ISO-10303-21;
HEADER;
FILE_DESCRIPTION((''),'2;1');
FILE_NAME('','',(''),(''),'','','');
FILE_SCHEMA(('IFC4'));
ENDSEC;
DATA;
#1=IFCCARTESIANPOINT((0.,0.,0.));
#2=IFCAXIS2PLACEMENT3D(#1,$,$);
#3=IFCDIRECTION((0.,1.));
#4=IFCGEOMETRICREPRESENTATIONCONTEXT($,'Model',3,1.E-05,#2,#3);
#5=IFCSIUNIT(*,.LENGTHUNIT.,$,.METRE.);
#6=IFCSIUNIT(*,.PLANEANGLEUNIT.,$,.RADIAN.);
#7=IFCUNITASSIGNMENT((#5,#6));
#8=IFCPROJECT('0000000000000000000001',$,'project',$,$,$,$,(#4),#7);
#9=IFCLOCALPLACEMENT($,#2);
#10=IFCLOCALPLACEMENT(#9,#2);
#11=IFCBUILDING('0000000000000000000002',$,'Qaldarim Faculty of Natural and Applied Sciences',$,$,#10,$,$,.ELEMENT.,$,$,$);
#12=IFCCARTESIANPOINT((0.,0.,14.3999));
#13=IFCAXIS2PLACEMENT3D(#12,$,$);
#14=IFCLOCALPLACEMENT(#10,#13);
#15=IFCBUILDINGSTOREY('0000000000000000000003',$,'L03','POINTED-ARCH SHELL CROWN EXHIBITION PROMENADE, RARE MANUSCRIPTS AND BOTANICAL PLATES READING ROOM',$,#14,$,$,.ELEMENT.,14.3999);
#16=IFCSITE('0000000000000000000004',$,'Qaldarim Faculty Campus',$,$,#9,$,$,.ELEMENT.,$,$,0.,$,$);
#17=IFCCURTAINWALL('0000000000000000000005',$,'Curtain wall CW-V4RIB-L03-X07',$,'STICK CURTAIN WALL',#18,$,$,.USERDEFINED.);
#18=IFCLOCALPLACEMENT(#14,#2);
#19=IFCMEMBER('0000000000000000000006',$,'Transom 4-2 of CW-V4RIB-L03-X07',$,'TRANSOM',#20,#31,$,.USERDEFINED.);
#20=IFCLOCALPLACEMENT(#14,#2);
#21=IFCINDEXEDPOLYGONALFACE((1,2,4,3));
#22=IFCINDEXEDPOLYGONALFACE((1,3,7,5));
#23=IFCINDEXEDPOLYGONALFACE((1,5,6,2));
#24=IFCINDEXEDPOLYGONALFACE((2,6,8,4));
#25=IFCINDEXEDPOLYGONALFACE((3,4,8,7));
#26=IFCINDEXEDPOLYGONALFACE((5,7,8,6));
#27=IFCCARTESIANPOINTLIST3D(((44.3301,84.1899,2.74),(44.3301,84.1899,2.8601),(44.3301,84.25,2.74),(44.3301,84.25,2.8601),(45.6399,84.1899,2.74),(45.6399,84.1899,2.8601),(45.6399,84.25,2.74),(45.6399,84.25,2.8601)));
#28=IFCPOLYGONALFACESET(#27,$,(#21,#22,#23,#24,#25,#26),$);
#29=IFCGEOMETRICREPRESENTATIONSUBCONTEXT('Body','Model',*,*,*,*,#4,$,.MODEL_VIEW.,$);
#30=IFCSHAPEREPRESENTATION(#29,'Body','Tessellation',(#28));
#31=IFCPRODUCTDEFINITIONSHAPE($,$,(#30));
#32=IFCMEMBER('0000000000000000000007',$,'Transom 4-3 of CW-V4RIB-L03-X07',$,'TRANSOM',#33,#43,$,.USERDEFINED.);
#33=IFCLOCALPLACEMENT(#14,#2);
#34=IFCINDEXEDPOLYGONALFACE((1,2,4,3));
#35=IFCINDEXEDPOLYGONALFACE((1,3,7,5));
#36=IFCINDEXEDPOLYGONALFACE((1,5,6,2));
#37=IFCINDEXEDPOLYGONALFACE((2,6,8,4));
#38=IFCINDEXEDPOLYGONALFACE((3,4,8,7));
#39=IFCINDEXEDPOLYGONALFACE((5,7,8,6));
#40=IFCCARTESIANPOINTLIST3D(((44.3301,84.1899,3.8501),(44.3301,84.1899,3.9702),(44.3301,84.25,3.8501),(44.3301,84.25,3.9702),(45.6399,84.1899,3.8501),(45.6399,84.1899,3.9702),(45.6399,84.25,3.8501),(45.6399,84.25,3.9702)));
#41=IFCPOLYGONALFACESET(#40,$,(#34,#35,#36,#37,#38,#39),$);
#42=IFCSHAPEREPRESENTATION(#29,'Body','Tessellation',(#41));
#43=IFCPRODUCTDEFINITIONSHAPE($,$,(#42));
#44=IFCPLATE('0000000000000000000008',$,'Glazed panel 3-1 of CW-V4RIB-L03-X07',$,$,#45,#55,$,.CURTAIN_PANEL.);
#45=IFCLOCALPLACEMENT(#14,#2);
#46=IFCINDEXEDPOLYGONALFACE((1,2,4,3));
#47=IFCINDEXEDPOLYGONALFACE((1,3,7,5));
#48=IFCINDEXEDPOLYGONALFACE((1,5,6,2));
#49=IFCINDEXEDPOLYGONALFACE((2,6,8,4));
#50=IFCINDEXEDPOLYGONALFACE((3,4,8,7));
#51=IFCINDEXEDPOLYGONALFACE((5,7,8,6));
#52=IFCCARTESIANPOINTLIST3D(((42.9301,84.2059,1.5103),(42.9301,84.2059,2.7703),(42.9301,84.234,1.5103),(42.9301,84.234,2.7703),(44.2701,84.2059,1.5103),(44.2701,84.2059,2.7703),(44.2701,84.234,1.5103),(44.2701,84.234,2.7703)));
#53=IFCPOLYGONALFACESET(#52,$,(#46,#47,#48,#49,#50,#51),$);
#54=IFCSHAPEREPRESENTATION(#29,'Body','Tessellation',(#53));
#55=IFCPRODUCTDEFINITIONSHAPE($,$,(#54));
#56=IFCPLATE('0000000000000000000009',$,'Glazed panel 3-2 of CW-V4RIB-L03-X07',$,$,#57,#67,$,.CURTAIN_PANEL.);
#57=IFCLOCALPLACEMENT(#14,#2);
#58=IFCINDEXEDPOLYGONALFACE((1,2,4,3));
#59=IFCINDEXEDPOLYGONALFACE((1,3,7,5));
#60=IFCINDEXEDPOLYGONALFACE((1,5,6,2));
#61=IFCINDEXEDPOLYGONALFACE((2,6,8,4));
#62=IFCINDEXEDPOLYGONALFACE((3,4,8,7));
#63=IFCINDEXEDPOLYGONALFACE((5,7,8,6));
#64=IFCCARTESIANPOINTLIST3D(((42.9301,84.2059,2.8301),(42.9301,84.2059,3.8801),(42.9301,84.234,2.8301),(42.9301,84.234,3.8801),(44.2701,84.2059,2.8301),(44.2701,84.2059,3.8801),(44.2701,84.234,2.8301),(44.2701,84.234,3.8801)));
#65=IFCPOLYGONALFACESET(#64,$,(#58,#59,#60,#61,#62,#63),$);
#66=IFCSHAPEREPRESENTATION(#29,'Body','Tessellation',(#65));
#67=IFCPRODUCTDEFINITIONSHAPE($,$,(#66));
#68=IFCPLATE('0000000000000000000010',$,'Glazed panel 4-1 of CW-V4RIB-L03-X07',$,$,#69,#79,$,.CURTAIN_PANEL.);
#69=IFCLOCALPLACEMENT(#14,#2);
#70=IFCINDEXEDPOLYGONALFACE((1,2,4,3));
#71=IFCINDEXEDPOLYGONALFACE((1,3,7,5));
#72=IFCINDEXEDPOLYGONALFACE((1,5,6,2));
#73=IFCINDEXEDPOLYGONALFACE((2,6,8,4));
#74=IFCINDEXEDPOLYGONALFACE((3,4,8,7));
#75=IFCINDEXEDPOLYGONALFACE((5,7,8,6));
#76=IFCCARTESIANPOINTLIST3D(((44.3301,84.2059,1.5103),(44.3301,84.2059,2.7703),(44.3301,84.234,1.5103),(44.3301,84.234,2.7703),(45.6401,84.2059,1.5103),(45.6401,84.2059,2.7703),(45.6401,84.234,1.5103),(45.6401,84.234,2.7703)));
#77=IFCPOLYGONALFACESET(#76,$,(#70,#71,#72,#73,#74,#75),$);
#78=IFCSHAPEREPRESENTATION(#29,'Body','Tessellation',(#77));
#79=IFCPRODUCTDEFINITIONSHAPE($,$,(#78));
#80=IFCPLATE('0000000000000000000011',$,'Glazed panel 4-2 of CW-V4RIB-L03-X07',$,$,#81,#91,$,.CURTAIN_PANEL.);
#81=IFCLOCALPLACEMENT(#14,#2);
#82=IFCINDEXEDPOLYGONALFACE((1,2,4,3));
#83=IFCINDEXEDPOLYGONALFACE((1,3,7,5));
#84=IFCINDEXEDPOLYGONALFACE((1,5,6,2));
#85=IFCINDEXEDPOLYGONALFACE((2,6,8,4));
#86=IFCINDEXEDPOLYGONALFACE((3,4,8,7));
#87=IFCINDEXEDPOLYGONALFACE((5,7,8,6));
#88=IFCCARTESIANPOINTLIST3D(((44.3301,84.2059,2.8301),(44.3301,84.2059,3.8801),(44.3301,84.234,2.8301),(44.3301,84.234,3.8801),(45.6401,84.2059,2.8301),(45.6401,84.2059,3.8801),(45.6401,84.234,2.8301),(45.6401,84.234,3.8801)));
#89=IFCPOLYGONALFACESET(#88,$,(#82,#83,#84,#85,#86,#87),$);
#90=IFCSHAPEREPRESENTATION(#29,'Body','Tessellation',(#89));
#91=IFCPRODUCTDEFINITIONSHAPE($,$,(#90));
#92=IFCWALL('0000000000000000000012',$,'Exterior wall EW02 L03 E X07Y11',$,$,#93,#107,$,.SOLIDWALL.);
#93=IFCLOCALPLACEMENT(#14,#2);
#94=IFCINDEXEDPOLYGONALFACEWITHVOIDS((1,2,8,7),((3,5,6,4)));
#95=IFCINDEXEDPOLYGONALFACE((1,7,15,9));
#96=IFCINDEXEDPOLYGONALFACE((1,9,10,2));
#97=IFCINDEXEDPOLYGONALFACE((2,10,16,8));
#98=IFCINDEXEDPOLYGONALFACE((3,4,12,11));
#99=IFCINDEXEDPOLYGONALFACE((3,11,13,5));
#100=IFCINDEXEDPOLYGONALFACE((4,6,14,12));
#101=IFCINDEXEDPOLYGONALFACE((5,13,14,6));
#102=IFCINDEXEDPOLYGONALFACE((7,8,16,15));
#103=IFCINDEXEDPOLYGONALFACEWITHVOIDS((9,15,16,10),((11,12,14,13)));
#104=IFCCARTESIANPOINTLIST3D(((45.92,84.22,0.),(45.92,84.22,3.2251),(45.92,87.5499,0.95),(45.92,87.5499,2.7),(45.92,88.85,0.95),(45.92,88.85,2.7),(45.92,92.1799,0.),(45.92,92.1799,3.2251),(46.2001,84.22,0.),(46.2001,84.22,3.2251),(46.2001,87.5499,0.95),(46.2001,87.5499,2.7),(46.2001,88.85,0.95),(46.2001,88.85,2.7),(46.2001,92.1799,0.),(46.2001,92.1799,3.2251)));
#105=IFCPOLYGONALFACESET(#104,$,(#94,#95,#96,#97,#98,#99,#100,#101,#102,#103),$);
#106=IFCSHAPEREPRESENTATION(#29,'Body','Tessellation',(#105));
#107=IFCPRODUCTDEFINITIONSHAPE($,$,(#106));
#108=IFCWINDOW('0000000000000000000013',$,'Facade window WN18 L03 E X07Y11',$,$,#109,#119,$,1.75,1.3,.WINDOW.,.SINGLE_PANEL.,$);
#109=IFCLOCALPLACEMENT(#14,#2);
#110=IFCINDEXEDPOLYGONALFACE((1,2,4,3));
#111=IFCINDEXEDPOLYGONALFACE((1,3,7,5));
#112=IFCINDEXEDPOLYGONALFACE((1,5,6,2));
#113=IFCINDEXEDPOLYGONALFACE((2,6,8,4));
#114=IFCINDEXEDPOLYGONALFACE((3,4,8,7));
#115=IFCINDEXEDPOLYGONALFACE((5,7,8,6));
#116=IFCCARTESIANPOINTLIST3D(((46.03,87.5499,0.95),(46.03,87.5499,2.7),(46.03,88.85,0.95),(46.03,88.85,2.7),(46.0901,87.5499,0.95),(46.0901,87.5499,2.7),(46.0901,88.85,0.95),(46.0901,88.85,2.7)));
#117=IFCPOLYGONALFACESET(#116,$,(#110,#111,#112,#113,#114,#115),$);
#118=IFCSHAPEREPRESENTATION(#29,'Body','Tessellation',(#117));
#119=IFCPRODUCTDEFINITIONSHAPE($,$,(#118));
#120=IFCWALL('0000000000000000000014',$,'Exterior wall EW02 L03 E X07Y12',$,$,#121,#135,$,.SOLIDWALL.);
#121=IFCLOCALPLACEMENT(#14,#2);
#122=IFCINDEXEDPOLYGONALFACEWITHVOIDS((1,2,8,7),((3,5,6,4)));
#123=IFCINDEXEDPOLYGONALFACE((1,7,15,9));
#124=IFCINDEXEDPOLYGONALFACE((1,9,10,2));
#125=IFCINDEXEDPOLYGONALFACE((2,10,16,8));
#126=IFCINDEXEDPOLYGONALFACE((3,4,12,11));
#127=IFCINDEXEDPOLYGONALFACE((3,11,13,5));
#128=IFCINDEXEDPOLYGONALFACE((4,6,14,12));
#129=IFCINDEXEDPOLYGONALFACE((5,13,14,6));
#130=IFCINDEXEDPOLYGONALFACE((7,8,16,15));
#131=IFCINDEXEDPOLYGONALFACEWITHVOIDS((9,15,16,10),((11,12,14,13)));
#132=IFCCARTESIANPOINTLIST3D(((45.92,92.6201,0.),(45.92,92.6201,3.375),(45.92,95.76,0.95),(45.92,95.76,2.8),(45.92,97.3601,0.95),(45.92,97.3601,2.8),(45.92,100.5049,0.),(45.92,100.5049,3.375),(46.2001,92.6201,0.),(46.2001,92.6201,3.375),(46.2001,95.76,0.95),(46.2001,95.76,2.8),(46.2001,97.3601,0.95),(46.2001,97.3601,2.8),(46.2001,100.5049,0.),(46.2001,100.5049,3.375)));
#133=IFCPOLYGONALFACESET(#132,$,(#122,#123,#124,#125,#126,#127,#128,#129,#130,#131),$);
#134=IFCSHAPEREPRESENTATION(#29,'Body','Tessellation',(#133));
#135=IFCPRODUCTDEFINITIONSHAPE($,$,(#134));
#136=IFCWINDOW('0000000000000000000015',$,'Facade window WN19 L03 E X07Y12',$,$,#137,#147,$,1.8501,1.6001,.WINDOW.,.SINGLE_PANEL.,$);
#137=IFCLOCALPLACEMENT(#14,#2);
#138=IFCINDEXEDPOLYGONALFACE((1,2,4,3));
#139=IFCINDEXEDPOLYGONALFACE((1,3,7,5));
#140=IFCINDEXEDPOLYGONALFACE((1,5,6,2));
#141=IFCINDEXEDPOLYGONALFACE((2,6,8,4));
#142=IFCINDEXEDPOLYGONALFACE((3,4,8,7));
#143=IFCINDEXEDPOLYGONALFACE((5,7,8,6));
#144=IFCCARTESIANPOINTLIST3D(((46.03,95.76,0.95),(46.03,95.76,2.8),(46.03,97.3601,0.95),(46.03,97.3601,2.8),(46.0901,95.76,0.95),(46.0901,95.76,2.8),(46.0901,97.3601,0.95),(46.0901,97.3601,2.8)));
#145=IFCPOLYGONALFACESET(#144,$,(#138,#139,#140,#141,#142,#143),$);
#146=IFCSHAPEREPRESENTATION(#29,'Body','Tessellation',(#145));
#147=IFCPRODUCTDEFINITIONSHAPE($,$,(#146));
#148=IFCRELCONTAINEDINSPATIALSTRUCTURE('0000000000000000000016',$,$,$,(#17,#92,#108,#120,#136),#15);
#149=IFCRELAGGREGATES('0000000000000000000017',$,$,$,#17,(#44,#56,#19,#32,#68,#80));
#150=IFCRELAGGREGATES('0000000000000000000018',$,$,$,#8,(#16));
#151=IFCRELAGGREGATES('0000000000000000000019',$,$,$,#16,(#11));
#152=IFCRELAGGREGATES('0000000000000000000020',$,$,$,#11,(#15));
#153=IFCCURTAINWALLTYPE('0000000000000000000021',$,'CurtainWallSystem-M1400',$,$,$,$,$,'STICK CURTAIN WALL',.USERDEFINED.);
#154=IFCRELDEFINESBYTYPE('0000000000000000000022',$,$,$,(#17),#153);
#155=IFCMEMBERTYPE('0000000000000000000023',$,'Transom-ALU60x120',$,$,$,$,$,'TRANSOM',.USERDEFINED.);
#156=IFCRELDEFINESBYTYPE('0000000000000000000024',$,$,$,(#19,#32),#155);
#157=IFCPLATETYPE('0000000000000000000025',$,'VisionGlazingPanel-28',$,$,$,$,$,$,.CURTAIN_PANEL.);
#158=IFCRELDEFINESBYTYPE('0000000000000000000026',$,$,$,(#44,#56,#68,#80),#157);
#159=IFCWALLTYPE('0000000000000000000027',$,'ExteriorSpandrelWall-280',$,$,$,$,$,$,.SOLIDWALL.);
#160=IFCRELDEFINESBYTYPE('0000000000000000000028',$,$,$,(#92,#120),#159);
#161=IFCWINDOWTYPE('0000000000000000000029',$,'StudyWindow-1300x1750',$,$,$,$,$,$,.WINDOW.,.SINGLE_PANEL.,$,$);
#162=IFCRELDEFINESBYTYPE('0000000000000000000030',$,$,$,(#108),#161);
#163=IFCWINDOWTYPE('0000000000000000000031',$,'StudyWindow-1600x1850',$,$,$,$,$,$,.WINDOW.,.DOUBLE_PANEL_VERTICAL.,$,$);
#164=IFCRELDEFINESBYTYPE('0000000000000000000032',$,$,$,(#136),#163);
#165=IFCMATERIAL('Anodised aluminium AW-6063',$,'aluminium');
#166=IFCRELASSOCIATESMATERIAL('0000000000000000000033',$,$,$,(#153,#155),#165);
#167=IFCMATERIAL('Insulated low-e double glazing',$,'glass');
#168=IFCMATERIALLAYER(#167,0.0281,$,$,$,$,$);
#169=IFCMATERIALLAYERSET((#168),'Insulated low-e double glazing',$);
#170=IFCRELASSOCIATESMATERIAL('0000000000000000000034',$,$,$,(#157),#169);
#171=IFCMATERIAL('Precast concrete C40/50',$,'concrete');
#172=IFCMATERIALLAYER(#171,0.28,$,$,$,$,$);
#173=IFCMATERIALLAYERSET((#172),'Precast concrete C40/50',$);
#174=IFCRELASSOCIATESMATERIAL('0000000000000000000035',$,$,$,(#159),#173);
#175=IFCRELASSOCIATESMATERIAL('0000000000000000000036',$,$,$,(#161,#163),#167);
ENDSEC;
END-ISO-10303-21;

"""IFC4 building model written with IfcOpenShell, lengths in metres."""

from ifc_helpers import new_model, si_unit, direction, frame, frame_2d, origin, origin_2d, place, context, subcontext, project, spatial, rectangle, extrude, material, layer, layer_set, material_profile, profile_set, type_object, element, fill, aggregate, save


model = new_model("IFC4")

# Units and contexts
model_context = context("Model", 3, precision=1e-05, world=origin(), true_north=direction((0.0, 1.0)))
body_context = subcontext(model_context, "Body", "Model", "MODEL_VIEW")
ifc_project = project(units=[si_unit("LENGTHUNIT", "METRE"), si_unit("PLANEANGLEUNIT", "RADIAN")], contexts=[model_context])

# Site, building, storey
site_placement = place(None, origin())
site = spatial("IfcSite", under=ifc_project, at=site_placement, Name="Qaldarim Faculty Campus", CompositionType="ELEMENT", RefElevation=0.0)
building_placement = place(site_placement, origin())
building = spatial("IfcBuilding", under=site, at=building_placement, Name="Qaldarim Faculty of Natural and Applied Sciences", CompositionType="ELEMENT")
storey_placement = place(building_placement, frame((0.0, 0.0, 14.3999)))
storey = spatial("IfcBuildingStorey", under=building, at=storey_placement, Name="L03", Description="POINTED-ARCH SHELL CROWN EXHIBITION PROMENADE, RARE MANUSCRIPTS AND BOTANICAL PLATES READING ROOM", CompositionType="ELEMENT", Elevation=14.3999)

# Curtain wall
ifc_material_1 = material(Name="Anodised aluminium AW-6063", Category="aluminium")
curtain_wall_type = type_object("IfcCurtainWallType", Name="CurtainWallSystem-M1400", ElementType="STICK CURTAIN WALL", PredefinedType="USERDEFINED", material=ifc_material_1)
curtain_wall_placement = place(storey_placement, origin())
curtain_wall = element("IfcCurtainWall", 1, at=curtain_wall_placement, inside=storey, type_object=curtain_wall_type, Name="Curtain wall CW-V4RIB-L03-X07", ObjectType="STICK CURTAIN WALL", PredefinedType="USERDEFINED")

# Shared definitions
ifc_material_2 = material(Name="Precast concrete C40/50", Category="concrete")

# Members
ifc_material_profile_1 = material_profile(ifc_material_1, rectangle(XDim=0.0601, YDim=0.1201, at=origin_2d()), Name="ALU-T60x120")
ifc_profile_set_1 = profile_set([ifc_material_profile_1], Name="Anodised aluminium AW-6063")
member_type_1 = type_object("IfcMemberType", Name="Transom-ALU60x120", ElementType="TRANSOM", PredefinedType="USERDEFINED", material=ifc_profile_set_1)
member_1_placement = place(storey_placement, frame((44.3301, 84.22, 2.8), z_axis=(1.0, 0.0, 0.0), x_axis=(0.0, 1.0, 0.0)))
member_1 = element("IfcMember", 2, at=member_1_placement, type_object=member_type_1, Name="Transom 4-2 of CW-V4RIB-L03-X07", ObjectType="TRANSOM", PredefinedType="USERDEFINED", context=body_context, shape_type="SweptSolid", body=[
    extrude(rectangle(XDim=0.0601, YDim=0.1201, at=origin_2d()), origin(), (0.0, 0.0, 1.0), 1.3098),
])
member_2_placement = place(storey_placement, frame((44.3301, 84.22, 3.9102), z_axis=(1.0, 0.0, 0.0), x_axis=(0.0, 1.0, 0.0)))
member_2 = element("IfcMember", 3, at=member_2_placement, type_object=member_type_1, Name="Transom 4-3 of CW-V4RIB-L03-X07", ObjectType="TRANSOM", PredefinedType="USERDEFINED", context=body_context, shape_type="SweptSolid", body=[
    extrude(rectangle(XDim=0.0601, YDim=0.1201, at=origin_2d()), origin(), (0.0, 0.0, 1.0), 1.3098),
])

# Plates
ifc_material_3 = material(Name="Insulated low-e double glazing", Category="glass")
ifc_layer_1 = layer(ifc_material_3, 0.0281)
ifc_layer_set_1 = layer_set([ifc_layer_1], Name="Insulated low-e double glazing")
plate_type = type_object("IfcPlateType", Name="VisionGlazingPanel-28", PredefinedType="CURTAIN_PANEL", material=ifc_layer_set_1)
plate_1_placement = place(storey_placement, frame((43.6001, 84.22, 1.5103), z_axis=(0.0, 0.0, 1.0), x_axis=(1.0, 0.0, 0.0)))
plate_1 = element("IfcPlate", 4, at=plate_1_placement, type_object=plate_type, Name="Glazed panel 3-1 of CW-V4RIB-L03-X07", PredefinedType="CURTAIN_PANEL", context=body_context, shape_type="SweptSolid", body=[
    extrude(rectangle(XDim=1.3401, YDim=0.0281, at=origin_2d()), origin(), (0.0, 0.0, 1.0), 1.26),
])
plate_2_placement = place(storey_placement, frame((43.6001, 84.22, 2.8301), z_axis=(0.0, 0.0, 1.0), x_axis=(1.0, 0.0, 0.0)))
plate_2 = element("IfcPlate", 5, at=plate_2_placement, type_object=plate_type, Name="Glazed panel 3-2 of CW-V4RIB-L03-X07", PredefinedType="CURTAIN_PANEL", context=body_context, shape_type="SweptSolid", body=[
    extrude(rectangle(XDim=1.3401, YDim=0.0281, at=origin_2d()), origin(), (0.0, 0.0, 1.0), 1.05),
])
plate_3_placement = place(storey_placement, frame((44.9851, 84.22, 1.5103), z_axis=(0.0, 0.0, 1.0), x_axis=(1.0, 0.0, 0.0)))
plate_3 = element("IfcPlate", 6, at=plate_3_placement, type_object=plate_type, Name="Glazed panel 4-1 of CW-V4RIB-L03-X07", PredefinedType="CURTAIN_PANEL", context=body_context, shape_type="SweptSolid", body=[
    extrude(rectangle(XDim=1.3101, YDim=0.0281, at=origin_2d()), origin(), (0.0, 0.0, 1.0), 1.26),
])
plate_4_placement = place(storey_placement, frame((44.9851, 84.22, 2.8301), z_axis=(0.0, 0.0, 1.0), x_axis=(1.0, 0.0, 0.0)))
plate_4 = element("IfcPlate", 7, at=plate_4_placement, type_object=plate_type, Name="Glazed panel 4-2 of CW-V4RIB-L03-X07", PredefinedType="CURTAIN_PANEL", context=body_context, shape_type="SweptSolid", body=[
    extrude(rectangle(XDim=1.3101, YDim=0.0281, at=origin_2d()), origin(), (0.0, 0.0, 1.0), 1.05),
])
aggregate(curtain_wall, [plate_1, plate_2, member_1, member_2, plate_3, plate_4])

# Walls, openings, windows
ifc_layer_2 = layer(ifc_material_2, 0.28)
ifc_layer_set_2 = layer_set([ifc_layer_2], Name="Precast concrete C40/50")
wall_type = type_object("IfcWallType", Name="ExteriorSpandrelWall-280", PredefinedType="SOLIDWALL", material=ifc_layer_set_2)
wall_1_placement = place(storey_placement, frame((46.0601, 84.22, 0.0), z_axis=(0.0, 0.0, 1.0), x_axis=(0.0, 1.0, 0.0)))
wall_1 = element("IfcWall", 8, at=wall_1_placement, inside=storey, type_object=wall_type, Name="Exterior wall EW02 L03 E X07Y11", PredefinedType="SOLIDWALL", context=body_context, shape_type="SweptSolid", body=[
    extrude(rectangle(XDim=7.96, YDim=0.28, at=frame_2d((3.98, 0.0))), origin(), (0.0, 0.0, 1.0), 3.2251),
])
opening_1_placement = place(wall_1_placement, frame((3.3301, 0.0, 0.95)))
opening_1 = element("IfcOpeningElement", 9, at=opening_1_placement, cuts=wall_1, PredefinedType="OPENING", context=body_context, shape_type="SweptSolid", body=[
    extrude(rectangle(XDim=1.3, YDim=1.75, at=frame_2d((0.6499, 0.875))), frame((0.0, 0.1499, 0.0), z_axis=(0.0, -1.0, 0.0), x_axis=(1.0, 0.0, 0.0)), (0.0, 0.0, 1.0), 0.3),
])
window_type_1 = type_object("IfcWindowType", Name="StudyWindow-1300x1750", PartitioningType="SINGLE_PANEL", PredefinedType="WINDOW", material=ifc_material_3)
window_1_placement = place(opening_1_placement, origin())
window_1 = element("IfcWindow", 10, at=window_1_placement, inside=storey, type_object=window_type_1, Name="Facade window WN18 L03 E X07Y11", OverallHeight=1.75, OverallWidth=1.3, PartitioningType="SINGLE_PANEL", PredefinedType="WINDOW", context=body_context, shape_type="SweptSolid", body=[
    extrude(rectangle(XDim=1.3, YDim=1.75, at=frame_2d((0.6499, 0.875))), frame((0.0, 0.03, 0.0), z_axis=(0.0, -1.0, 0.0), x_axis=(1.0, 0.0, 0.0)), (0.0, 0.0, 1.0), 0.0601),
])
fill(opening_1, window_1)
wall_2_placement = place(storey_placement, frame((46.0601, 92.6201, 0.0), z_axis=(0.0, 0.0, 1.0), x_axis=(0.0, 1.0, 0.0)))
wall_2 = element("IfcWall", 11, at=wall_2_placement, inside=storey, type_object=wall_type, Name="Exterior wall EW02 L03 E X07Y12", PredefinedType="SOLIDWALL", context=body_context, shape_type="SweptSolid", body=[
    extrude(rectangle(XDim=7.8848, YDim=0.28, at=frame_2d((3.9424, 0.0))), origin(), (0.0, 0.0, 1.0), 3.375),
])
opening_2_placement = place(wall_2_placement, frame((3.1399, 0.0, 0.95)))
opening_2 = element("IfcOpeningElement", 12, at=opening_2_placement, cuts=wall_2, PredefinedType="OPENING", context=body_context, shape_type="SweptSolid", body=[
    extrude(rectangle(XDim=1.6001, YDim=1.8501, at=frame_2d((0.8, 0.925))), frame((0.0, 0.1499, 0.0), z_axis=(0.0, -1.0, 0.0), x_axis=(1.0, 0.0, 0.0)), (0.0, 0.0, 1.0), 0.3),
])
window_type_2 = type_object("IfcWindowType", Name="StudyWindow-1600x1850", PartitioningType="DOUBLE_PANEL_VERTICAL", PredefinedType="WINDOW", material=ifc_material_3)
window_2_placement = place(opening_2_placement, origin())
window_2 = element("IfcWindow", 13, at=window_2_placement, inside=storey, type_object=window_type_2, Name="Facade window WN19 L03 E X07Y12", OverallHeight=1.8501, OverallWidth=1.6001, PartitioningType="SINGLE_PANEL", PredefinedType="WINDOW", context=body_context, shape_type="SweptSolid", body=[
    extrude(rectangle(XDim=1.6001, YDim=1.8501, at=frame_2d((0.8, 0.925))), frame((0.0, 0.03, 0.0), z_axis=(0.0, -1.0, 0.0), x_axis=(1.0, 0.0, 0.0)), (0.0, 0.0, 1.0), 0.0601),
])
fill(opening_2, window_2)

save(model, "model.ifc")
